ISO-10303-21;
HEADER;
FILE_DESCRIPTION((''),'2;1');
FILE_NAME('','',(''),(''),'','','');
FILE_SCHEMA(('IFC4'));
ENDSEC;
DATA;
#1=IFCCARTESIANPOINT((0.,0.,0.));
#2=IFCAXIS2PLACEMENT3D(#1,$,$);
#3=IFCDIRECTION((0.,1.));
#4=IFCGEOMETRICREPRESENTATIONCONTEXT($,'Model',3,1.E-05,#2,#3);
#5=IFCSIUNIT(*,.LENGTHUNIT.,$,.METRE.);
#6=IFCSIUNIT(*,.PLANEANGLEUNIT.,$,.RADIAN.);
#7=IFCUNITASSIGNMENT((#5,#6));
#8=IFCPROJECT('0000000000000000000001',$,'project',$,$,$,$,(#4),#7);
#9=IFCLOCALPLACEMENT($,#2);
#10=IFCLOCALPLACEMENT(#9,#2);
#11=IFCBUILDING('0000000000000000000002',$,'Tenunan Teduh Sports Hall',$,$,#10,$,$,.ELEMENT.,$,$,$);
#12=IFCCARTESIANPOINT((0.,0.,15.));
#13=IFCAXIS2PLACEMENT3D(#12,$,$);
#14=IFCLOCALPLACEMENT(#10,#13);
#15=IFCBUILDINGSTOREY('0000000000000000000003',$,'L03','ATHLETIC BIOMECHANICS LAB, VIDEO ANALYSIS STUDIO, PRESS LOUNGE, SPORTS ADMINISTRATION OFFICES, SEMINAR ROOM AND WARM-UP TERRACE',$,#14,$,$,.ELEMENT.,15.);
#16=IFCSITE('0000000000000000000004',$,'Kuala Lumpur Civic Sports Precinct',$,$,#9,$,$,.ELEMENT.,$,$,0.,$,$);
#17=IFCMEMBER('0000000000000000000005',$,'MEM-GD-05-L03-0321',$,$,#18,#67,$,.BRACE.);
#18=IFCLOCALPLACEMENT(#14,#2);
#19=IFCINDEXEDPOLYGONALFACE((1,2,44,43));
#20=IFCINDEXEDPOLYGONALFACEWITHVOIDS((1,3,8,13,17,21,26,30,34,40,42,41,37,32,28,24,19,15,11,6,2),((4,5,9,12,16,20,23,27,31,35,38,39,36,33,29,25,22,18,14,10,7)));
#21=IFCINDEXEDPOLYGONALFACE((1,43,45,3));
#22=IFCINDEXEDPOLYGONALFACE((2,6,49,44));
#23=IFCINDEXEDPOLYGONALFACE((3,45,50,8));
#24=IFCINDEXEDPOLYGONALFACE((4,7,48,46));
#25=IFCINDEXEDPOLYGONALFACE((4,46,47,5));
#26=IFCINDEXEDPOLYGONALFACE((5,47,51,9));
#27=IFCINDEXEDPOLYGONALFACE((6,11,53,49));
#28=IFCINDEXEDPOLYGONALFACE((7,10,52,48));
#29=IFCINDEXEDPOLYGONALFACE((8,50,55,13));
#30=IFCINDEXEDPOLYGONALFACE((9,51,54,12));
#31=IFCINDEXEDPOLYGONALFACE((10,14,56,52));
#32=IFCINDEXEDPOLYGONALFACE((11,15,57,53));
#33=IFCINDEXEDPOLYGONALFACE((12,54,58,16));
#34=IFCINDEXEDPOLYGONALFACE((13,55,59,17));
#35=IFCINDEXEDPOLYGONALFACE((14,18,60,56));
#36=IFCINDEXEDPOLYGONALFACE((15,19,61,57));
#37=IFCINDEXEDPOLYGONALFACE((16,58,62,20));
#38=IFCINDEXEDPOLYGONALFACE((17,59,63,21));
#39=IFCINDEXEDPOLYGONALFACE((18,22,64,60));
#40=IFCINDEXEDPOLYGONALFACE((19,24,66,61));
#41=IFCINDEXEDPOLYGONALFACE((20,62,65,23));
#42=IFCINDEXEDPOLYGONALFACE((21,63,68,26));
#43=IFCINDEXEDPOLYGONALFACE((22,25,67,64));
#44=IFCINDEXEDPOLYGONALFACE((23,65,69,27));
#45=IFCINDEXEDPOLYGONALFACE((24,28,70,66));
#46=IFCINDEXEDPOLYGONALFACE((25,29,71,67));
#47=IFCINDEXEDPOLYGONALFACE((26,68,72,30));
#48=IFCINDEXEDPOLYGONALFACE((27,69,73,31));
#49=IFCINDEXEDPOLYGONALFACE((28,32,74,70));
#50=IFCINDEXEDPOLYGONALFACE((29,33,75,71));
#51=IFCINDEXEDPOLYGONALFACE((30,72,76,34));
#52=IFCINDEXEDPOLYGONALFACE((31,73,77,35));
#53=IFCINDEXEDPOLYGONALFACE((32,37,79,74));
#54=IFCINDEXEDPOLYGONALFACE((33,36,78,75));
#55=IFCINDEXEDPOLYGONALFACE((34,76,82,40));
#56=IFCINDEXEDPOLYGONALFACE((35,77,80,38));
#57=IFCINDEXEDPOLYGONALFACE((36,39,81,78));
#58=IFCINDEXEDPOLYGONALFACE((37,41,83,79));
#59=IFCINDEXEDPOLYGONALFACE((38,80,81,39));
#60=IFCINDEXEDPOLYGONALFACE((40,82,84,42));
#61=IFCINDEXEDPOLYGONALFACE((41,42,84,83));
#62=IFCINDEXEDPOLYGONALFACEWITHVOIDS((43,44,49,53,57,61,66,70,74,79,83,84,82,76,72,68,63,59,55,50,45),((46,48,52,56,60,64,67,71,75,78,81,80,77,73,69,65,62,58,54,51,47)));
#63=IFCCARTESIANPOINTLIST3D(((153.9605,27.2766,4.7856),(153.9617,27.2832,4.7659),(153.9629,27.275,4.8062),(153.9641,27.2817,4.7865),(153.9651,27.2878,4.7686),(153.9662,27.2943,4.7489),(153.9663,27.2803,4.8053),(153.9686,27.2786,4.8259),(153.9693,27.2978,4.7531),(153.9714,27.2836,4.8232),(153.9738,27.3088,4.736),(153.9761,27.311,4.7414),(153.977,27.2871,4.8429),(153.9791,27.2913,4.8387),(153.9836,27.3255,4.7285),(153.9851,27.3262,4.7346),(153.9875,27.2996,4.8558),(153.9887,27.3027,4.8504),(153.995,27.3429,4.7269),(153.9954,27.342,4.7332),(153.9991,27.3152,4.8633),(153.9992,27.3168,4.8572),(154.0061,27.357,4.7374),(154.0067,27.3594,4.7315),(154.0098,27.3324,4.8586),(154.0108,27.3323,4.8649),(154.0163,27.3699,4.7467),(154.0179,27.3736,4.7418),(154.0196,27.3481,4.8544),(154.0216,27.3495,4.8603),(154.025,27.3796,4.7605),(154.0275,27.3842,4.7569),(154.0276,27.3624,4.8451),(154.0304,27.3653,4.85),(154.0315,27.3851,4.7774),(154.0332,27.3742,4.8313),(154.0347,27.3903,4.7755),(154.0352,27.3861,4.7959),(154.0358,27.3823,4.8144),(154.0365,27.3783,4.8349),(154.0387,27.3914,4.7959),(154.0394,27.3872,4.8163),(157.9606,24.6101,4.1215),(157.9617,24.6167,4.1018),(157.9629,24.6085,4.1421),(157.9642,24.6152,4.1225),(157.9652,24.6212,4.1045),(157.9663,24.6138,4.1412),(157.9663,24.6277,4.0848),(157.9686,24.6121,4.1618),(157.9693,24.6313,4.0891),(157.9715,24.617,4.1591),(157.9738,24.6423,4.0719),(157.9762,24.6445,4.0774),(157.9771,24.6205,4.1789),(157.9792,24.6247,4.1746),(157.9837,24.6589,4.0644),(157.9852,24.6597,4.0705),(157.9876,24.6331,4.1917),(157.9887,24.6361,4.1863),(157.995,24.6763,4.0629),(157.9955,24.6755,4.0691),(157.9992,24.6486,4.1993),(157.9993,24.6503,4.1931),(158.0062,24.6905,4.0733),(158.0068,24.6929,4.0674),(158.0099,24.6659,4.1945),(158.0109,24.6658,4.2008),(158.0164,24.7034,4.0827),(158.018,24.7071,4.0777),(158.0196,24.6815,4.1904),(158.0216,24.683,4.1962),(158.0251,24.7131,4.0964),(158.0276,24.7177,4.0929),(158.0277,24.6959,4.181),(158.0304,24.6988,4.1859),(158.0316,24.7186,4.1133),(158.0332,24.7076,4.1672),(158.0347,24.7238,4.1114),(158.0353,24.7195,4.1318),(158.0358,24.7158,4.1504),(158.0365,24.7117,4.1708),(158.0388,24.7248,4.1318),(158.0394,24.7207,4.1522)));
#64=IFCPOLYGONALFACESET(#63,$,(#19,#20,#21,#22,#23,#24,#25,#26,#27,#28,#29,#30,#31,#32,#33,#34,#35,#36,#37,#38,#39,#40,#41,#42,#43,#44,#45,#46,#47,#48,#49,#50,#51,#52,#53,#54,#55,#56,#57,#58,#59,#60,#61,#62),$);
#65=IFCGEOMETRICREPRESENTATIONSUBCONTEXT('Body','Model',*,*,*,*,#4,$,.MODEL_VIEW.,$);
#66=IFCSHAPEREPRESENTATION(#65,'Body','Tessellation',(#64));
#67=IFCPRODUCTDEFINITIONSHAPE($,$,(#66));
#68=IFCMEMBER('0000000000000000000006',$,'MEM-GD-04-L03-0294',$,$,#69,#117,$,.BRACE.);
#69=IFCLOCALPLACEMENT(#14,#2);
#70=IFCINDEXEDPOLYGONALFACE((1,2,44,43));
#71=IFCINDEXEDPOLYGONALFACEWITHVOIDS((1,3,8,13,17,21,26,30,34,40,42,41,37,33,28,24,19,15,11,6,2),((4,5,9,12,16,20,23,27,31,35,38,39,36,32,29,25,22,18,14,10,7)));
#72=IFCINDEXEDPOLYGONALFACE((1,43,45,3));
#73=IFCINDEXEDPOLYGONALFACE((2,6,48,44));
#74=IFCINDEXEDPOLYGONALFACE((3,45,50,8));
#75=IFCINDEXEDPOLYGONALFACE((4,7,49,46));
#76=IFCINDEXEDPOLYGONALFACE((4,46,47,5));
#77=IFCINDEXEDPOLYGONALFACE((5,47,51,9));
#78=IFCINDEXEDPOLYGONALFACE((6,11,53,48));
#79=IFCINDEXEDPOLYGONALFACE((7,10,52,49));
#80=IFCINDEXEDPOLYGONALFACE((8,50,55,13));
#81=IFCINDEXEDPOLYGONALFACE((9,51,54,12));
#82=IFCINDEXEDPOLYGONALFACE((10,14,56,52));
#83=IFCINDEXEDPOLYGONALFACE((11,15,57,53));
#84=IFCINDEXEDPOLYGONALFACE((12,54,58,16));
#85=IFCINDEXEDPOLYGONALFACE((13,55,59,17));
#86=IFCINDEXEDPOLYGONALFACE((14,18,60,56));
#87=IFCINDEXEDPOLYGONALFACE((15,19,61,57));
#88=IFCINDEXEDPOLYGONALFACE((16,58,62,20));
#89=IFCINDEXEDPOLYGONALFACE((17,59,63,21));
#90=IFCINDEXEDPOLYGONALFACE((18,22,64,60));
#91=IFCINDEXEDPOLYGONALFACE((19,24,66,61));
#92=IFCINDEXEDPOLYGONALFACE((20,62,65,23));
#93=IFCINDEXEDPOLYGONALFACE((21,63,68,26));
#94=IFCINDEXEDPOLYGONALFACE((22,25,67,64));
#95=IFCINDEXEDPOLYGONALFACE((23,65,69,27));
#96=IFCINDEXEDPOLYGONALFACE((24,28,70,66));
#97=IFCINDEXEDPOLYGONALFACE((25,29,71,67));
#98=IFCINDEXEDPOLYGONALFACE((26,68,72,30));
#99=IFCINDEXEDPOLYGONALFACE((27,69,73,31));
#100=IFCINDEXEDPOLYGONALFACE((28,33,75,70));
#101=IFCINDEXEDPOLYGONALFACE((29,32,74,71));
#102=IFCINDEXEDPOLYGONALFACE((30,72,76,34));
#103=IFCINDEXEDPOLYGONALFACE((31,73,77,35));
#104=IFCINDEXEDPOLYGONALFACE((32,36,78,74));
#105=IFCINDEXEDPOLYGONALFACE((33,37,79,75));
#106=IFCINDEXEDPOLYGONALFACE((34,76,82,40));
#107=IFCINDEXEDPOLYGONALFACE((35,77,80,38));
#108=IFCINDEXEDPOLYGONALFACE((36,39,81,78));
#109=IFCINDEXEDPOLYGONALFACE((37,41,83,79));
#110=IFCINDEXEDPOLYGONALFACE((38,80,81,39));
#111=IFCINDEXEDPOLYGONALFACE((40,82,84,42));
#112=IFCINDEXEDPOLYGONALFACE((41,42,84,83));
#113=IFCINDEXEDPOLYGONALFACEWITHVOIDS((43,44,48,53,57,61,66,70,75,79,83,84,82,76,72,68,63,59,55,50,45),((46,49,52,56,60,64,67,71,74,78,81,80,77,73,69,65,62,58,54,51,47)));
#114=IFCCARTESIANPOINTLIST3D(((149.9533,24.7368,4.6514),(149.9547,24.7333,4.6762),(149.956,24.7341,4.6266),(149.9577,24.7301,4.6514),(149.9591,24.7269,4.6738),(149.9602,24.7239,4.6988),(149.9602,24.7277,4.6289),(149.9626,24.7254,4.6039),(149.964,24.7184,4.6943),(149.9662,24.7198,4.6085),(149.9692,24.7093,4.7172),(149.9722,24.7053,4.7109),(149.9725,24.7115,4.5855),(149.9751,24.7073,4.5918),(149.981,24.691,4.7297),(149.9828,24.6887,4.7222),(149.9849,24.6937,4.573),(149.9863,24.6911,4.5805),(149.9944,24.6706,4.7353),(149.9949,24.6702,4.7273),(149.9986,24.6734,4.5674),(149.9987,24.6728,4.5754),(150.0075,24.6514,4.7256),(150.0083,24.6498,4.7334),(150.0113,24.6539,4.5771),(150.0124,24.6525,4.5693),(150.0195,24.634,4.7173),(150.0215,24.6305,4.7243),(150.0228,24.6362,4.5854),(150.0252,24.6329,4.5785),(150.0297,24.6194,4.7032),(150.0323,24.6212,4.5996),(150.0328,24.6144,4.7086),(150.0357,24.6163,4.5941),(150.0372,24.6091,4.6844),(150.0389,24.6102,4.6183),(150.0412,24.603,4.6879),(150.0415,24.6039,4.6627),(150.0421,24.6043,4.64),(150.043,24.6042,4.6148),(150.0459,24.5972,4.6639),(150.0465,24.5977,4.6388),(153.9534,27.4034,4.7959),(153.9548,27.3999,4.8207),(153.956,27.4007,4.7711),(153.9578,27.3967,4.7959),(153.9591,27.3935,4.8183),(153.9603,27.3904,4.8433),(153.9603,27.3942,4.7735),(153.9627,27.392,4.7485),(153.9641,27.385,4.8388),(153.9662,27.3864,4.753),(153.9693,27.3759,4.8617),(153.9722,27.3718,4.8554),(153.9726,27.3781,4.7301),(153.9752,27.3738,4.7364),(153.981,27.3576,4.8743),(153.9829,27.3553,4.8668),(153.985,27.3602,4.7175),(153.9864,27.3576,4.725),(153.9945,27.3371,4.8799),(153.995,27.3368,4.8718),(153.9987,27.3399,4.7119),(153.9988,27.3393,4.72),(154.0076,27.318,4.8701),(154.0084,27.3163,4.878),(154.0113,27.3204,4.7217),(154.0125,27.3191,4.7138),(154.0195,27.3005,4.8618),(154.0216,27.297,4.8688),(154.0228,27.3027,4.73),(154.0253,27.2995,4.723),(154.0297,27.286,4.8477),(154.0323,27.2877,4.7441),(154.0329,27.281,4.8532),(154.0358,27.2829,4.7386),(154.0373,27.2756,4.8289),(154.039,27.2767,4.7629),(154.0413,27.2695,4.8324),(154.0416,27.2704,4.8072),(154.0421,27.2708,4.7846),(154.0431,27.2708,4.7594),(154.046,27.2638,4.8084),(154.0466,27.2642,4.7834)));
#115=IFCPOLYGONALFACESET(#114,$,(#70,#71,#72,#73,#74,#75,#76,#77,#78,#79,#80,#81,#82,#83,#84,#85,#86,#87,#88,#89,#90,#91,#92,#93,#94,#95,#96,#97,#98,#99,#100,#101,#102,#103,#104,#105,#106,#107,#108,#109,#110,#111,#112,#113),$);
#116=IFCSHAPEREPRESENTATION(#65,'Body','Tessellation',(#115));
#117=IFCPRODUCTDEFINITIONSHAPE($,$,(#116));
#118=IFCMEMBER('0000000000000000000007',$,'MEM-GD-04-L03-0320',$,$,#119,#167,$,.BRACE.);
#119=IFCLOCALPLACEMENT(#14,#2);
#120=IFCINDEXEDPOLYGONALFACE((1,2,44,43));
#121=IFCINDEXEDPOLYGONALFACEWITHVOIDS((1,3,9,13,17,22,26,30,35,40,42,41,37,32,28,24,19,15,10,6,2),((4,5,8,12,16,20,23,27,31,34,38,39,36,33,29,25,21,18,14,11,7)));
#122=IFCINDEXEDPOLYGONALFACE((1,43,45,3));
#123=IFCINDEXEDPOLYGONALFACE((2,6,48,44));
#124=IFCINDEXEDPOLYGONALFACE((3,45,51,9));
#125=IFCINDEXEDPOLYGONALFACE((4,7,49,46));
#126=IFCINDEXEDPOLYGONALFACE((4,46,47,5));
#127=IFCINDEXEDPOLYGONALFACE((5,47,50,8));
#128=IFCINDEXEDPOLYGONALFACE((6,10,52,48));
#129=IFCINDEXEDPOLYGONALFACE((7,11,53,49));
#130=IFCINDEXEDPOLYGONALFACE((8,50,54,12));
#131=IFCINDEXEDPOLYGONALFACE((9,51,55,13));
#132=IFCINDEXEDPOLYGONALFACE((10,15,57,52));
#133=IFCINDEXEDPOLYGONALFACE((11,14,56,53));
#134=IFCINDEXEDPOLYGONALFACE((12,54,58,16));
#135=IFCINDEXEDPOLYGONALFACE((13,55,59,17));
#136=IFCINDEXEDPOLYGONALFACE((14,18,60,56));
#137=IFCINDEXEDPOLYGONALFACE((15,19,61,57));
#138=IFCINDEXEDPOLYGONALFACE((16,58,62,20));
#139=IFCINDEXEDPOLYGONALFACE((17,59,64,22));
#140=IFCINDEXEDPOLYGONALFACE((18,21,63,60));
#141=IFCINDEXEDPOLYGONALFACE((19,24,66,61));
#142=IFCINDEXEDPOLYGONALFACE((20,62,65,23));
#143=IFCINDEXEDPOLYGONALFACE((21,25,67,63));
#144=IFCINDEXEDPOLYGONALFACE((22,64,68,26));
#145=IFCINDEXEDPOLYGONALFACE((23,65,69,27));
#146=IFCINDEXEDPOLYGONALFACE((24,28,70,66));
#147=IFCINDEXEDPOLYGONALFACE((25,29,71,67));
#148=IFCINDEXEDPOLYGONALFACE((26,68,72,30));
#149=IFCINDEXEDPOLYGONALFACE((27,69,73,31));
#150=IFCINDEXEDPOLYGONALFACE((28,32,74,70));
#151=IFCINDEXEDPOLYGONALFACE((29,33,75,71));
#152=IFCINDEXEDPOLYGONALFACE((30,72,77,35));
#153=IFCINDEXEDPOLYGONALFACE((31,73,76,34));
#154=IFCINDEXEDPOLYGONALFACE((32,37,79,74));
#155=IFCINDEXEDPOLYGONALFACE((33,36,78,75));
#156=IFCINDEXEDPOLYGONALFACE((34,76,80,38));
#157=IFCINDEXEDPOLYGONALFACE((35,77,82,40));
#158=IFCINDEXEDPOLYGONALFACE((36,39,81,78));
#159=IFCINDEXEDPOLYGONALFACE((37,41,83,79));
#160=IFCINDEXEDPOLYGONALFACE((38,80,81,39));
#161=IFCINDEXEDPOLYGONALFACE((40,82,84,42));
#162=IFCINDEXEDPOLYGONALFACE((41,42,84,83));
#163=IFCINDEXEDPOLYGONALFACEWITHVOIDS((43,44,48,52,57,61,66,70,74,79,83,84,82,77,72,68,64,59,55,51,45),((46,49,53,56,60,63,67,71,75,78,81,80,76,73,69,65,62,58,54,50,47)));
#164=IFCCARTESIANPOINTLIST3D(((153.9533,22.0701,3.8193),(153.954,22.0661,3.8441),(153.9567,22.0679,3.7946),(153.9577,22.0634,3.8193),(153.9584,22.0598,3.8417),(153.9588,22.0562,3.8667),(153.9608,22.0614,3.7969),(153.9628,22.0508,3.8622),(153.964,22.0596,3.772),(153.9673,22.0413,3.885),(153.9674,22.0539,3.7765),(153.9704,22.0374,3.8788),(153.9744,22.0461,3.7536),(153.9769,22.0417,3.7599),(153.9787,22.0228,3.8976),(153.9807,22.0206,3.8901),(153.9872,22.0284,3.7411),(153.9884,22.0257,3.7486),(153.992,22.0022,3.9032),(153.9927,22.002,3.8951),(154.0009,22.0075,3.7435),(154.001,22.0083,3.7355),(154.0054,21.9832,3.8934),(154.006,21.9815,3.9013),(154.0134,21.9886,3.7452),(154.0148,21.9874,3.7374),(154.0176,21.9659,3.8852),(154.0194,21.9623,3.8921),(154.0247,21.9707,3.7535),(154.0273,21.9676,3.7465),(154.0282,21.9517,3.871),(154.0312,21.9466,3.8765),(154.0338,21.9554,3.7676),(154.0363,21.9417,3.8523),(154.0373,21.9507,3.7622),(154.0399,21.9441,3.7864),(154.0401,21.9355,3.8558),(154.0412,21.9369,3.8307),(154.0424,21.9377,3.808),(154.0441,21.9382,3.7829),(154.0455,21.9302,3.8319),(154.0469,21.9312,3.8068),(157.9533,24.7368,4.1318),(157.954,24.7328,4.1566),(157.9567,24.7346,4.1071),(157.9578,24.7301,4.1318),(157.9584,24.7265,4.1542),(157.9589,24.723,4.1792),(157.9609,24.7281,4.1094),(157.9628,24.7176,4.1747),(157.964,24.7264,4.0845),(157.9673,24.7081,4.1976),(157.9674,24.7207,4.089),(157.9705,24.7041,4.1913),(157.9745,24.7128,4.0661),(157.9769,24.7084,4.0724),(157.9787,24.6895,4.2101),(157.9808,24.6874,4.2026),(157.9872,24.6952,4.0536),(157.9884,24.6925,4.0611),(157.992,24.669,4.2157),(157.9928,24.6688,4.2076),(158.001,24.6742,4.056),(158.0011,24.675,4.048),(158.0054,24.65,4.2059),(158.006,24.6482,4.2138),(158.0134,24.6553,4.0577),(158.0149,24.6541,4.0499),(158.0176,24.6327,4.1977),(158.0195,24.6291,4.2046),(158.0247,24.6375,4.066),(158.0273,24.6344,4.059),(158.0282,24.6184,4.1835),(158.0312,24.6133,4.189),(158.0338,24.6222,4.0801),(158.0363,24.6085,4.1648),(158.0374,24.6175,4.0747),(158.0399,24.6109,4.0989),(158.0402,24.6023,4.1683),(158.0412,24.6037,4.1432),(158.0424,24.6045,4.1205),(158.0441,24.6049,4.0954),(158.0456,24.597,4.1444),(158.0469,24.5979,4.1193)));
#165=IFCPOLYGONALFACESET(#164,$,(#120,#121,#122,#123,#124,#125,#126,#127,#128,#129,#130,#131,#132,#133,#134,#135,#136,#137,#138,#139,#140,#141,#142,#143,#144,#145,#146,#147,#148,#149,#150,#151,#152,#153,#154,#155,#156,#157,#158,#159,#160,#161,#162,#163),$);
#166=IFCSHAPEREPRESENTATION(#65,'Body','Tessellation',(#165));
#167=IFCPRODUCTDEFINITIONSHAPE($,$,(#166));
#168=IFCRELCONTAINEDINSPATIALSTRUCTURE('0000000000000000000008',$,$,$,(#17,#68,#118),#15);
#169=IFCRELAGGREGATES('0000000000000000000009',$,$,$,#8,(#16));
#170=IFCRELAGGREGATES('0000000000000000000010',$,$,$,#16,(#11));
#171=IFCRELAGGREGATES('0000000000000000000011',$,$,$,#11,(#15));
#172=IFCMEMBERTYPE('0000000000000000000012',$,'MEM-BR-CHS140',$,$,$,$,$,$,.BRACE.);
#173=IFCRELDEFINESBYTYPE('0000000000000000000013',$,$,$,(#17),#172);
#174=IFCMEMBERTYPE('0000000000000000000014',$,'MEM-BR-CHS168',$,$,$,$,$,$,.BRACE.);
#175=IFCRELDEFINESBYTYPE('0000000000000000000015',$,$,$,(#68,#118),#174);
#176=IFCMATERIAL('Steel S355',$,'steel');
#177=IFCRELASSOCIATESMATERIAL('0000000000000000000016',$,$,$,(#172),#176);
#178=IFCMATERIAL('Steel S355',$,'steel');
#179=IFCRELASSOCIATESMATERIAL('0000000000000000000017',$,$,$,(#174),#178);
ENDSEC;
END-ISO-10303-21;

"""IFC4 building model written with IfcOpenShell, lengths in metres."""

from ifc_helpers import new_model, si_unit, direction, frame, origin, origin_2d, place, context, subcontext, project, spatial, hollow_circle, extrude, material, material_profile, profile_set, type_object, element, save


model = new_model("IFC4")

# Units and contexts
model_context = context("Model", 3, precision=1e-05, world=origin(), true_north=direction((0.0, 1.0)))
body_context = subcontext(model_context, "Body", "Model", "MODEL_VIEW")
ifc_project = project(units=[si_unit("LENGTHUNIT", "METRE"), si_unit("PLANEANGLEUNIT", "RADIAN")], contexts=[model_context])

# Site, building, storey
site_placement = place(None, origin())
site = spatial("IfcSite", under=ifc_project, at=site_placement, Name="Kuala Lumpur Civic Sports Precinct", CompositionType="ELEMENT", RefElevation=0.0)
building_placement = place(site_placement, origin())
building = spatial("IfcBuilding", under=site, at=building_placement, Name="Tenunan Teduh Sports Hall", CompositionType="ELEMENT")
storey_placement = place(building_placement, frame((0.0, 0.0, 15.0)))
storey = spatial("IfcBuildingStorey", under=building, at=storey_placement, Name="L03", Description="ATHLETIC BIOMECHANICS LAB, VIDEO ANALYSIS STUDIO, PRESS LOUNGE, SPORTS ADMINISTRATION OFFICES, SEMINAR ROOM AND WARM-UP TERRACE", CompositionType="ELEMENT", Elevation=15.0)

# Members
ifc_material_1 = material(Name="Steel S355", Category="steel")
ifc_material_profile_1 = material_profile(ifc_material_1, hollow_circle(Radius=0.0698, WallThickness=0.0063, at=origin_2d()), Name="CHS 139.7x6.3")
ifc_profile_set_1 = profile_set([ifc_material_profile_1], Name="Steel S355")
member_type_1 = type_object("IfcMemberType", Name="MEM-BR-CHS140", PredefinedType="BRACE", material=ifc_profile_set_1)
member_1_placement = place(storey_placement, frame((154.0, 27.3333, 4.7959), z_axis=(0.824239, -0.549459, -0.136837), x_axis=(0.554677, 0.832066, 0.0)))
element("IfcMember", 1, at=member_1_placement, inside=storey, type_object=member_type_1, Name="MEM-GD-05-L03-0321", PredefinedType="BRACE", context=body_context, shape_type="SweptSolid", body=[
    extrude(hollow_circle(Radius=0.0698, WallThickness=0.0063, at=origin_2d()), origin(), (0.0, 0.0, 1.0), 4.853),
])
ifc_material_2 = material(Name="Steel S355", Category="steel")
ifc_material_profile_2 = material_profile(ifc_material_2, hollow_circle(Radius=0.0842, WallThickness=0.0081, at=origin_2d()), Name="CHS 168.3x8.0")
ifc_profile_set_2 = profile_set([ifc_material_profile_2], Name="Steel S355")
member_type_2 = type_object("IfcMemberType", Name="MEM-BR-CHS168", PredefinedType="BRACE", material=ifc_profile_set_2)
member_2_placement = place(storey_placement, frame((150.0, 24.6667, 4.6514), z_axis=(0.83169, 0.554426, 0.030051), x_axis=(-0.554677, 0.832066, 0.0)))
element("IfcMember", 2, at=member_2_placement, inside=storey, type_object=member_type_2, Name="MEM-GD-04-L03-0294", PredefinedType="BRACE", context=body_context, shape_type="SweptSolid", body=[
    extrude(hollow_circle(Radius=0.0842, WallThickness=0.0081, at=origin_2d()), origin(), (0.0, 0.0, 1.0), 4.8096),
])
member_3_placement = place(storey_placement, frame((154.0, 22.0, 3.8193), z_axis=(0.83029, 0.553544, 0.064866), x_axis=(-0.554712, 0.832042, 0.0)))
element("IfcMember", 3, at=member_3_placement, inside=storey, type_object=member_type_2, Name="MEM-GD-04-L03-0320", PredefinedType="BRACE", context=body_context, shape_type="SweptSolid", body=[
    extrude(hollow_circle(Radius=0.0842, WallThickness=0.0081, at=origin_2d()), origin(), (0.0, 0.0, 1.0), 4.8176),
])

save(model, "model.ifc")
